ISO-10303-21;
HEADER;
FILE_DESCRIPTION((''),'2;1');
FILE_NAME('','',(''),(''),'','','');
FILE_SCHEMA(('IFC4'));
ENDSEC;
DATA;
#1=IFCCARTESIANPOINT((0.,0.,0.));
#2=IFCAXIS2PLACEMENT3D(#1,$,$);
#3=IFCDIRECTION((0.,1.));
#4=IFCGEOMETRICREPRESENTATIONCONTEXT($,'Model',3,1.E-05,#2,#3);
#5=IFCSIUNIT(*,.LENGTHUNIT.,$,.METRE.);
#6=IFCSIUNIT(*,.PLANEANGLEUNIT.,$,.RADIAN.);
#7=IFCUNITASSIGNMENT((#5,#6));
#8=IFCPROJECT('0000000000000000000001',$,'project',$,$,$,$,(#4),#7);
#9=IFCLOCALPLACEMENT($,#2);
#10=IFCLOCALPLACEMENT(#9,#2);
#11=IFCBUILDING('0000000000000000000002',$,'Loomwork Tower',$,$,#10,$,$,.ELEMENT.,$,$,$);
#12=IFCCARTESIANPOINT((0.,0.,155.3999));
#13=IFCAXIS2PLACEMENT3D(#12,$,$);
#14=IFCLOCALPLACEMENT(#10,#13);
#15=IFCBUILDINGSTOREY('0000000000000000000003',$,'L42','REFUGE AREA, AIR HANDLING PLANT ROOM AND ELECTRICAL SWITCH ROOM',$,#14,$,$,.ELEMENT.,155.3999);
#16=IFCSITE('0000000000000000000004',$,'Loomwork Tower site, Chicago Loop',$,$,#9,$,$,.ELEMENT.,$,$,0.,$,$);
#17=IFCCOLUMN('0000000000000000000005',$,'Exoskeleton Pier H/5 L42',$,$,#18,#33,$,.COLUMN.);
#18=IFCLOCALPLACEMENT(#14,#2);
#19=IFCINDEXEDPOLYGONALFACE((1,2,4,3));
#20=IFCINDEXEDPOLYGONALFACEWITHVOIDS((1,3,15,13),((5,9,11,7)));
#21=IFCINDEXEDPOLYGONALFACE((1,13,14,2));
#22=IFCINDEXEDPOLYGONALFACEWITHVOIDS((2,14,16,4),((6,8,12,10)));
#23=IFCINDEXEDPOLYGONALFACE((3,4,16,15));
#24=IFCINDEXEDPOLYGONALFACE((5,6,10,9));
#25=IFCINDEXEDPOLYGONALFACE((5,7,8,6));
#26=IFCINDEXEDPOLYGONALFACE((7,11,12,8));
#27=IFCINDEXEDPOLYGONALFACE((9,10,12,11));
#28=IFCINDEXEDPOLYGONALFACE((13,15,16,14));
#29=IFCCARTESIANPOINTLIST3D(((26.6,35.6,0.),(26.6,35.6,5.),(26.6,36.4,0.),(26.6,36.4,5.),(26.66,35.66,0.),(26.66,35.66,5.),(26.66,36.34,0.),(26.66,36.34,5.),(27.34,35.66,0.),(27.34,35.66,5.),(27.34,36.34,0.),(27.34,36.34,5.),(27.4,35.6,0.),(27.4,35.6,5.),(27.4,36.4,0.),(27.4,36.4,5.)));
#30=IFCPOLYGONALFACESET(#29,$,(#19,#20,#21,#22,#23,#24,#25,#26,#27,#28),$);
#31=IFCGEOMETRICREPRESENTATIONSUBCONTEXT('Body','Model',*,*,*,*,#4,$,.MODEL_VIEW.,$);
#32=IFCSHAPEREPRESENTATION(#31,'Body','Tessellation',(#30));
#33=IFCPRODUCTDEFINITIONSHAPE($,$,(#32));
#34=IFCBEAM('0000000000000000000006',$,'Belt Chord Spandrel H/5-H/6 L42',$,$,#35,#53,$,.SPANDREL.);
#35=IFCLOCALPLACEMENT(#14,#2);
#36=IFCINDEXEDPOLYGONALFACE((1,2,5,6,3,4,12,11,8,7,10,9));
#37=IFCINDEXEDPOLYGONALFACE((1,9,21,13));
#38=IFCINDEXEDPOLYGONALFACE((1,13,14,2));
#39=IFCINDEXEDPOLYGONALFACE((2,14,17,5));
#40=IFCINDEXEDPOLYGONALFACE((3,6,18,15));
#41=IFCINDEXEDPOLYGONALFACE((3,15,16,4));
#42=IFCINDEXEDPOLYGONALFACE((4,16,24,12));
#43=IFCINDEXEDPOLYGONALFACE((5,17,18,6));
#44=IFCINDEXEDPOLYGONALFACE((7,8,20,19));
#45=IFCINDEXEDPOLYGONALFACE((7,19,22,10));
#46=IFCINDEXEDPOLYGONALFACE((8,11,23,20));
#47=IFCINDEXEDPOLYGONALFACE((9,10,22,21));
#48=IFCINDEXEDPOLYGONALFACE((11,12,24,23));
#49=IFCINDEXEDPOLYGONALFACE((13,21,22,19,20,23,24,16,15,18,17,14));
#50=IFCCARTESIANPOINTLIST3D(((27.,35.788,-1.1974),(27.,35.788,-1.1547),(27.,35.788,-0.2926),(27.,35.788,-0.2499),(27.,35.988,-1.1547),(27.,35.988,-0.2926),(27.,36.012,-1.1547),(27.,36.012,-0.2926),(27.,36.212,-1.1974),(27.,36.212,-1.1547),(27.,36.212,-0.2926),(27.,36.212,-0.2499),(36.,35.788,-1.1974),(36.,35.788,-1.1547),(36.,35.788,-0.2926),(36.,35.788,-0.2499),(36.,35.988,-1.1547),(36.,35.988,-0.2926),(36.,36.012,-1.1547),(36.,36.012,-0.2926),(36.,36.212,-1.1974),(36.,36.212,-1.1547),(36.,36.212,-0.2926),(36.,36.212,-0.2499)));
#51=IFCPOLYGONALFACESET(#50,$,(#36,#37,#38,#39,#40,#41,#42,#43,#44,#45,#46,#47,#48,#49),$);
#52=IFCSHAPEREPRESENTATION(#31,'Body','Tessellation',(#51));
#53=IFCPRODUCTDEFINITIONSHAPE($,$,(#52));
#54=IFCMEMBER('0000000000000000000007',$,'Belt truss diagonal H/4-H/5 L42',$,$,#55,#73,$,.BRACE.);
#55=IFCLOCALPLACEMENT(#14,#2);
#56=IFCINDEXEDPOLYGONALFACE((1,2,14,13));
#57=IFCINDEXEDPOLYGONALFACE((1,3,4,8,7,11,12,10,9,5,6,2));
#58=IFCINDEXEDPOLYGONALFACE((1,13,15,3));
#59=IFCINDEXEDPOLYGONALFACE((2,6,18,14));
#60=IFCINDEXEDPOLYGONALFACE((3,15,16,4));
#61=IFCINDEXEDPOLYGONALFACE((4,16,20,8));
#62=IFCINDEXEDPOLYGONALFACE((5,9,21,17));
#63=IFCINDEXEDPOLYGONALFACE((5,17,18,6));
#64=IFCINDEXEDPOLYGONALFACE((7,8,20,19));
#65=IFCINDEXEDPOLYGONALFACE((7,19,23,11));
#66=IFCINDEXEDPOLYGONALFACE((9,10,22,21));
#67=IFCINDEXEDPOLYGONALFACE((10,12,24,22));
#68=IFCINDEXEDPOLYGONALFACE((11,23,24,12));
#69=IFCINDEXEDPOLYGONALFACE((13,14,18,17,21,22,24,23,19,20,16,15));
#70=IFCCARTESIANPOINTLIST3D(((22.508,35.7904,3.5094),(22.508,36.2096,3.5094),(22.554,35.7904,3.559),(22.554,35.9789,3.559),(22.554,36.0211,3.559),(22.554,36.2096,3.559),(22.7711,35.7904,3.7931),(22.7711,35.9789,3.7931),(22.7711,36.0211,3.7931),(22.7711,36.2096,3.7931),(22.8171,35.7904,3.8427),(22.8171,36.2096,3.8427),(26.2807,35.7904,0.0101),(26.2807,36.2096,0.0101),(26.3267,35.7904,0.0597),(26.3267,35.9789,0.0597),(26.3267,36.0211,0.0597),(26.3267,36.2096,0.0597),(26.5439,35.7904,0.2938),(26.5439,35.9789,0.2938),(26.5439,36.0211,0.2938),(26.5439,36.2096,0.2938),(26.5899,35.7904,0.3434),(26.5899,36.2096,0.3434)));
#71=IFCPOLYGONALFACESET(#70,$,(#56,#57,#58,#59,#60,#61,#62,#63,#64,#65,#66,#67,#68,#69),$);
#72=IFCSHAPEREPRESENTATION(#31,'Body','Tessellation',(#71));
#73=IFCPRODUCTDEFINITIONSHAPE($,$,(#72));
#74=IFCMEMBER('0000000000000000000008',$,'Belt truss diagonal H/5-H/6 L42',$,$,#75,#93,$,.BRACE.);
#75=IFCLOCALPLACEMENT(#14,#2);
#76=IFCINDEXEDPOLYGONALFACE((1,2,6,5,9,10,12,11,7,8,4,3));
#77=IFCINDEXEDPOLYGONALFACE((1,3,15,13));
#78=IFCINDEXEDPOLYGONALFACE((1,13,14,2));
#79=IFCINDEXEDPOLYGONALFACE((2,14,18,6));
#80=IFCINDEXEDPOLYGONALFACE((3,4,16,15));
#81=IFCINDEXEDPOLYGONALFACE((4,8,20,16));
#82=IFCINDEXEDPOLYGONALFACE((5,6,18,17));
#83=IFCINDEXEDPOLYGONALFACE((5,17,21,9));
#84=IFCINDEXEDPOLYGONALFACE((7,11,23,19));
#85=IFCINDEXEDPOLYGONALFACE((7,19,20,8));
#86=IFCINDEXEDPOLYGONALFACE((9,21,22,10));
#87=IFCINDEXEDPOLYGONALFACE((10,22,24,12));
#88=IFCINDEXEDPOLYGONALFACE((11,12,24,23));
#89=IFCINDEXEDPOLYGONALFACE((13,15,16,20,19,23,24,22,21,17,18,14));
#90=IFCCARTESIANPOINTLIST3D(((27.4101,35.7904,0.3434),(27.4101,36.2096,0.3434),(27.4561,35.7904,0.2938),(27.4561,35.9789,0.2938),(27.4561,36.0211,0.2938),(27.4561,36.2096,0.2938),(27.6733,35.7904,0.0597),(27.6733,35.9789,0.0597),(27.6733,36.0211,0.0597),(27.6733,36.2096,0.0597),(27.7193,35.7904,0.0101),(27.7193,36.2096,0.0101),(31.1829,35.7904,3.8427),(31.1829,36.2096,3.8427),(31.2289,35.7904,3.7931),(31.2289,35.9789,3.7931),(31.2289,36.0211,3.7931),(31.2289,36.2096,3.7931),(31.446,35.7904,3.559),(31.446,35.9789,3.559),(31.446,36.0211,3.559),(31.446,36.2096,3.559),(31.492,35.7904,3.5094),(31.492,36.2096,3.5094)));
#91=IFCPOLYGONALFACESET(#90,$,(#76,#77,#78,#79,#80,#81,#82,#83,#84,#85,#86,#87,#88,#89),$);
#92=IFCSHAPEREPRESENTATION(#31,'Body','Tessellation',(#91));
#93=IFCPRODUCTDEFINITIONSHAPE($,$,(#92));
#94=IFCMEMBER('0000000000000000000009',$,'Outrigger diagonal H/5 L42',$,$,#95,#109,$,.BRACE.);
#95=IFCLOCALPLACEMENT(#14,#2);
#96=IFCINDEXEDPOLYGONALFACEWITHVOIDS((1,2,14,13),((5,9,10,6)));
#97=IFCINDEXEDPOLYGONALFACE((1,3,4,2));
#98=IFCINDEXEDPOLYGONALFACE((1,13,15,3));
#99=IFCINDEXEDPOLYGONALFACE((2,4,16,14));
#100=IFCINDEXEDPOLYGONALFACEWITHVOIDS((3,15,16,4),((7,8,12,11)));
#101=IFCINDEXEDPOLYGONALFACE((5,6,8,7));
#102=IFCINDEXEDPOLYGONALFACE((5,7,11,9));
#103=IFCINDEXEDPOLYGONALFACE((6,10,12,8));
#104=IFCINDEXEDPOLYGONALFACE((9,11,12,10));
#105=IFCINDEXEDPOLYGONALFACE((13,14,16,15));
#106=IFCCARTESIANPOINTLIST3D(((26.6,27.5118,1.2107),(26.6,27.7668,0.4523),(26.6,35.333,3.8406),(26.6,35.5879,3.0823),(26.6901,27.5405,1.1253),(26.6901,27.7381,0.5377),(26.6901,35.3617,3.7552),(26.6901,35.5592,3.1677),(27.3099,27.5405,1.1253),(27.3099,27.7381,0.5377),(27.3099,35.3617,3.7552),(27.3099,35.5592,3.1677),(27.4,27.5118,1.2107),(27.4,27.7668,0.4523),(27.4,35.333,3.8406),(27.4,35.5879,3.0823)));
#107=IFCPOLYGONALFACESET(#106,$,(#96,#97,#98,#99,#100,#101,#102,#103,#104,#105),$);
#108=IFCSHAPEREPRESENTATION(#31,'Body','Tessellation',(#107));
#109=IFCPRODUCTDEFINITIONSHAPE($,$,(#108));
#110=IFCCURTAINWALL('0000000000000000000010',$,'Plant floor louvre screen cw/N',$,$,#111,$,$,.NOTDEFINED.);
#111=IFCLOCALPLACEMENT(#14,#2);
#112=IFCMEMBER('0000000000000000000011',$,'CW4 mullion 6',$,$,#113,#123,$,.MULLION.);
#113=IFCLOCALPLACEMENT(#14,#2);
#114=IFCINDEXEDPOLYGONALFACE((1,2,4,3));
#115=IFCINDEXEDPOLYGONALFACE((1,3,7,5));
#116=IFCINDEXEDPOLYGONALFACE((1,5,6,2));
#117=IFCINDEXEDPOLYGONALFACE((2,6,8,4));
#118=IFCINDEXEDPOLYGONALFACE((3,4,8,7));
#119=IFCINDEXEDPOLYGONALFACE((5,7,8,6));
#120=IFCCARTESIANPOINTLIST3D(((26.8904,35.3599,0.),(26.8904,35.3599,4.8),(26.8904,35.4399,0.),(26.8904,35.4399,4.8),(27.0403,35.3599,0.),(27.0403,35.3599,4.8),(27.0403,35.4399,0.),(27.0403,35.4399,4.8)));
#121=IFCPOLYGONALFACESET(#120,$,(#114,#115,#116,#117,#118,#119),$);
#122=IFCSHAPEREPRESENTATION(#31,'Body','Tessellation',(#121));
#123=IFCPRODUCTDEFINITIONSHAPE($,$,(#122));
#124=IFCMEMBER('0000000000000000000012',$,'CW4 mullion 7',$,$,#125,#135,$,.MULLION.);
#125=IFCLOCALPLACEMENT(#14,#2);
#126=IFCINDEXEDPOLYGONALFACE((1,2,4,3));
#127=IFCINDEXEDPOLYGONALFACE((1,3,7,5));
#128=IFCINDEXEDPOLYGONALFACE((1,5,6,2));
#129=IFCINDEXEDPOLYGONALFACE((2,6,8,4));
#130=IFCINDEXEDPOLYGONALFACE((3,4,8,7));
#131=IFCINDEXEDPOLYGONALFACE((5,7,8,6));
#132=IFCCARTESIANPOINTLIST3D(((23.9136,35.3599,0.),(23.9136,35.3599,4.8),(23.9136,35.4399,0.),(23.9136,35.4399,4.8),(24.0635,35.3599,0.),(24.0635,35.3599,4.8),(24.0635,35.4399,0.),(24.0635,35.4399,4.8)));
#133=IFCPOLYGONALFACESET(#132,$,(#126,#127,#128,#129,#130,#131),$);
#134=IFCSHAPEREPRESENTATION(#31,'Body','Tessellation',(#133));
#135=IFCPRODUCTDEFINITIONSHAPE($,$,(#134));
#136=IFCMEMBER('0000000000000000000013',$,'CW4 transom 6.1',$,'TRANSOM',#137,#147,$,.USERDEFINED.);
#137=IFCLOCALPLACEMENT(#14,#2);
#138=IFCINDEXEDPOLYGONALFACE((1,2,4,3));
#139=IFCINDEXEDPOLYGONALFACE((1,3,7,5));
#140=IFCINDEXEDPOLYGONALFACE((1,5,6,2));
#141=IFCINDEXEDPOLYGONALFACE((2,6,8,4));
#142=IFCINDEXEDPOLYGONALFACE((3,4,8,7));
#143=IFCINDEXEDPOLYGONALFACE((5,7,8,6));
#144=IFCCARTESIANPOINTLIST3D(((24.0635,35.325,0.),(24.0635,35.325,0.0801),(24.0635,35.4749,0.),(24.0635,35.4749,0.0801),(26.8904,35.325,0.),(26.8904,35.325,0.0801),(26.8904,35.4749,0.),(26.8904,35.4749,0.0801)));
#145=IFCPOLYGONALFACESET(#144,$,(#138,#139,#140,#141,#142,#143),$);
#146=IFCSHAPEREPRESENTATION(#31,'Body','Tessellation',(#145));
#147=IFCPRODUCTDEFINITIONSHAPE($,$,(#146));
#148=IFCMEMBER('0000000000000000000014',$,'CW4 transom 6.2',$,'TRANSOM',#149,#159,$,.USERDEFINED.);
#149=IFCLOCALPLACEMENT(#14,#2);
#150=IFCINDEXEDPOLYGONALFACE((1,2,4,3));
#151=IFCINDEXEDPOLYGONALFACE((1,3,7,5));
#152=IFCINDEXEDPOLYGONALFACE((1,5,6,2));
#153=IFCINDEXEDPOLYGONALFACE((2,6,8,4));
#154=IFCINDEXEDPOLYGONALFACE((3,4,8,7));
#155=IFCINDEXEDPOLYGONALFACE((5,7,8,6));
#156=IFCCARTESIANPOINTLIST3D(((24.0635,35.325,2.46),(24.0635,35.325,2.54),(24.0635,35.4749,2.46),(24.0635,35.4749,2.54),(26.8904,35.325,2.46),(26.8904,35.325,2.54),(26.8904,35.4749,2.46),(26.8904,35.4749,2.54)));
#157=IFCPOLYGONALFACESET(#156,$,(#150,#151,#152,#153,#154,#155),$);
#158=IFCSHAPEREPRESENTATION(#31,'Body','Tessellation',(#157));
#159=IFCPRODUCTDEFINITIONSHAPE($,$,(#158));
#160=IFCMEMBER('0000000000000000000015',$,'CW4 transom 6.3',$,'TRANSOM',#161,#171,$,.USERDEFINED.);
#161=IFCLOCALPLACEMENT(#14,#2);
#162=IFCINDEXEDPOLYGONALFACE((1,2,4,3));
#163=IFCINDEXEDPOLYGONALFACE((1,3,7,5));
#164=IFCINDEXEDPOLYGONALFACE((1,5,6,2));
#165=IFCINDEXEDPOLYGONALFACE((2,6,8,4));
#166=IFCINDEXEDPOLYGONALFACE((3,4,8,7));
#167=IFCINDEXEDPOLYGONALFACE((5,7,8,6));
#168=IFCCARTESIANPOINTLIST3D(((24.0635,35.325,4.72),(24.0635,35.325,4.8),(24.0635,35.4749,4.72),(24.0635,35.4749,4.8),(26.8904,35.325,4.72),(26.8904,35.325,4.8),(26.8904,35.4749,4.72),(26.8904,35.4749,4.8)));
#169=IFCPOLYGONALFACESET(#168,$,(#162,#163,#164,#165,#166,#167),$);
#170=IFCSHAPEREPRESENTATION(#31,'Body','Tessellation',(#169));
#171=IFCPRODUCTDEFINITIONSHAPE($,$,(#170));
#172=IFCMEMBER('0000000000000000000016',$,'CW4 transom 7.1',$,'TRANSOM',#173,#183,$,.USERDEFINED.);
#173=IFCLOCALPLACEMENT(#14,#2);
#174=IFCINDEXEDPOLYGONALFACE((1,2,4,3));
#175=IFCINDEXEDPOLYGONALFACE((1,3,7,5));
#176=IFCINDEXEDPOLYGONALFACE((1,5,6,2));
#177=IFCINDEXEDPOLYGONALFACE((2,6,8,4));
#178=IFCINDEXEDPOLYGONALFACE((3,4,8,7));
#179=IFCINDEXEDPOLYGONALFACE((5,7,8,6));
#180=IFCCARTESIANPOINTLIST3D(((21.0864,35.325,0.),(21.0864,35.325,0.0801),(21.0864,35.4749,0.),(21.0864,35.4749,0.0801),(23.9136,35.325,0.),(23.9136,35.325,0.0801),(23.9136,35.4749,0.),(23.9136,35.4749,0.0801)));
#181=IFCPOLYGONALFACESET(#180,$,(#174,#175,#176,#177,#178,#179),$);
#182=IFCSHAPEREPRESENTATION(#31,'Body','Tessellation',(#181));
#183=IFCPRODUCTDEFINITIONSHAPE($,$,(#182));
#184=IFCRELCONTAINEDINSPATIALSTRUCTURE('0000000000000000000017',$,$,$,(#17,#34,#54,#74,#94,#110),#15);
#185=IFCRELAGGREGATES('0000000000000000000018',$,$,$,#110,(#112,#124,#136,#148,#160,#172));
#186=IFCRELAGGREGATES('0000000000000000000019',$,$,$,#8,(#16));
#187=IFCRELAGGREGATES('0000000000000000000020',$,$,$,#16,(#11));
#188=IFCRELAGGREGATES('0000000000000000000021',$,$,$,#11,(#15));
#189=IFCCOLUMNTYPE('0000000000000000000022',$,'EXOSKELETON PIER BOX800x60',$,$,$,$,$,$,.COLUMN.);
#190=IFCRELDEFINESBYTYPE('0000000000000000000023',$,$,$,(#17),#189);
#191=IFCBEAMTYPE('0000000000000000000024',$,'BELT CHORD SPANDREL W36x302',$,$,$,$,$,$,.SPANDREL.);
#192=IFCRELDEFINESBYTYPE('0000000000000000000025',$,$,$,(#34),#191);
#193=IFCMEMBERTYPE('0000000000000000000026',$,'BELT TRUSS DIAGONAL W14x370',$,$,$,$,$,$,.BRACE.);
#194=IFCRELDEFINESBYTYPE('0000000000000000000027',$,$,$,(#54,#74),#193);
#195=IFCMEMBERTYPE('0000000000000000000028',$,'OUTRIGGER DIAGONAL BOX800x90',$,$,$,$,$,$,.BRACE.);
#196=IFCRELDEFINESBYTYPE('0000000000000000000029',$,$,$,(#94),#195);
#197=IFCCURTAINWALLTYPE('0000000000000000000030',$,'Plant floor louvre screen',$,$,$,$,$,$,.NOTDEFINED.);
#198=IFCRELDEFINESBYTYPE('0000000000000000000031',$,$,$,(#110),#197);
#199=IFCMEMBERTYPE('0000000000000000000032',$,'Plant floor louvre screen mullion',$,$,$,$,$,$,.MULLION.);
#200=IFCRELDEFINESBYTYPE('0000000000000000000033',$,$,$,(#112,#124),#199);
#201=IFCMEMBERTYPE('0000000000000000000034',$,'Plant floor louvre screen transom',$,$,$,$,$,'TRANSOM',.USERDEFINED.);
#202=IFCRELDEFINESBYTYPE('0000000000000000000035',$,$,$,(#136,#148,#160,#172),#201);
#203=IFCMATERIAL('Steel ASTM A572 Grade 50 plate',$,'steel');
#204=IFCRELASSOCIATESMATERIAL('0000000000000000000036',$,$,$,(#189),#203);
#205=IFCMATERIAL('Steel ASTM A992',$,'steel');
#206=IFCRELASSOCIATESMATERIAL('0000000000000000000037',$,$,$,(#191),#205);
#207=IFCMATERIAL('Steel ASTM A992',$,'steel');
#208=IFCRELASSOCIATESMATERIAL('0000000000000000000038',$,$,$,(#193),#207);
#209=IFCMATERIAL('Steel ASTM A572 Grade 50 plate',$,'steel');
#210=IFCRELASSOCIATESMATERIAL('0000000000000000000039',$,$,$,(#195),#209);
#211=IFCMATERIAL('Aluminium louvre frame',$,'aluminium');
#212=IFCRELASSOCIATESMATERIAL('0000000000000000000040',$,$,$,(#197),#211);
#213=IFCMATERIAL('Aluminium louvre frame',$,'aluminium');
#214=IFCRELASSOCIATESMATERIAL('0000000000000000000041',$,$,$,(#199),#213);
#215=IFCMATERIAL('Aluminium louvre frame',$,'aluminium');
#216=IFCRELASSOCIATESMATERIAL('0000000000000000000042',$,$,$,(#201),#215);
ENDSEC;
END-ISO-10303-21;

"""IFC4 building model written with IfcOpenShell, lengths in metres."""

from ifc_helpers import new_model, si_unit, direction, frame, origin, origin_2d, place, context, subcontext, project, spatial, rectangle, hollow_rectangle, i_section, extrude, material, material_profile, profile_set, type_object, element, aggregate, save


model = new_model("IFC4")

# Units and contexts
model_context = context("Model", 3, precision=1e-05, world=origin(), true_north=direction((0.0, 1.0)))
body_context = subcontext(model_context, "Body", "Model", "MODEL_VIEW")
ifc_project = project(units=[si_unit("LENGTHUNIT", "METRE"), si_unit("PLANEANGLEUNIT", "RADIAN")], contexts=[model_context])

# Site, building, storey
site_placement = place(None, origin())
site = spatial("IfcSite", under=ifc_project, at=site_placement, Name="Loomwork Tower site, Chicago Loop", CompositionType="ELEMENT", RefElevation=0.0)
building_placement = place(site_placement, origin())
building = spatial("IfcBuilding", under=site, at=building_placement, Name="Loomwork Tower", CompositionType="ELEMENT")
storey_placement = place(building_placement, frame((0.0, 0.0, 155.3999)))
storey = spatial("IfcBuildingStorey", under=building, at=storey_placement, Name="L42", Description="REFUGE AREA, AIR HANDLING PLANT ROOM AND ELECTRICAL SWITCH ROOM", CompositionType="ELEMENT", Elevation=155.3999)

# Column
ifc_material_1 = material(Name="Steel ASTM A572 Grade 50 plate", Category="steel")
ifc_material_profile_1 = material_profile(ifc_material_1, hollow_rectangle(XDim=0.8, YDim=0.8, WallThickness=0.0601, at=origin_2d()), Name="BOX800x60")
ifc_profile_set_1 = profile_set([ifc_material_profile_1], Name="Steel ASTM A572 Grade 50 plate")
column_type = type_object("IfcColumnType", Name="EXOSKELETON PIER BOX800x60", PredefinedType="COLUMN", material=ifc_profile_set_1)
column_placement = place(storey_placement, frame((27.0, 36.0, 0.0), z_axis=(0.0, 0.0, 1.0), x_axis=(1.0, 0.0, 0.0)))
element("IfcColumn", 1, at=column_placement, inside=storey, type_object=column_type, Name="Exoskeleton Pier H/5 L42", PredefinedType="COLUMN", context=body_context, shape_type="SweptSolid", body=[
    extrude(hollow_rectangle(XDim=0.8, YDim=0.8, WallThickness=0.0601, at=origin_2d()), origin(), (0.0, 0.0, 1.0), 5.0),
])

# Beam
ifc_material_2 = material(Name="Steel ASTM A992", Category="steel")
ifc_material_profile_2 = material_profile(ifc_material_2, i_section(OverallWidth=0.4241, OverallDepth=0.9475, WebThickness=0.0239, FlangeThickness=0.0427, at=origin_2d()), Name="W36x302")
ifc_profile_set_2 = profile_set([ifc_material_profile_2], Name="Steel ASTM A992")
beam_type = type_object("IfcBeamType", Name="BELT CHORD SPANDREL W36x302", PredefinedType="SPANDREL", material=ifc_profile_set_2)
beam_placement = place(storey_placement, frame((27.0, 36.0, -0.7236), z_axis=(1.0, 0.0, 0.0), x_axis=(0.0, 1.0, 0.0)))
element("IfcBeam", 2, at=beam_placement, inside=storey, type_object=beam_type, Name="Belt Chord Spandrel H/5-H/6 L42", PredefinedType="SPANDREL", context=body_context, shape_type="SweptSolid", body=[
    extrude(i_section(OverallWidth=0.4241, OverallDepth=0.9475, WebThickness=0.0239, FlangeThickness=0.0427, at=origin_2d()), origin(), (0.0, 0.0, 1.0), 9.0),
])

# Members
ifc_material_3 = material(Name="Steel ASTM A992", Category="steel")
ifc_material_profile_3 = material_profile(ifc_material_3, i_section(OverallWidth=0.4192, OverallDepth=0.4546, WebThickness=0.0422, FlangeThickness=0.0676, at=origin_2d()), Name="W14x370")
ifc_profile_set_3 = profile_set([ifc_material_profile_3], Name="Steel ASTM A992")
member_type_1 = type_object("IfcMemberType", Name="BELT TRUSS DIAGONAL W14x370", PredefinedType="BRACE", material=ifc_profile_set_3)
for number, where, z_axis, x_axis, name in (
    (3, (26.4353, 36.0, 0.1768), (-0.733177, 0.0, 0.680038), (0.0, -1.0, 0.0), "Belt truss diagonal H/4-H/5 L42"),
    (4, (27.5647, 36.0, 0.1768), (0.733177, 0.0, 0.680038), (0.0, 1.0, 0.0), "Belt truss diagonal H/5-H/6 L42"),
):
    element("IfcMember", number, at=place(storey_placement, frame(where, z_axis=z_axis, x_axis=x_axis)), inside=storey, type_object=member_type_1, Name=name, PredefinedType="BRACE", context=body_context, shape_type="SweptSolid", body=[
        extrude(i_section(OverallWidth=0.4192, OverallDepth=0.4546, WebThickness=0.0422, FlangeThickness=0.0676, at=origin_2d()), origin(), (0.0, 0.0, 1.0), 5.1458),
    ])
ifc_material_4 = material(Name="Steel ASTM A572 Grade 50 plate", Category="steel")
ifc_material_profile_4 = material_profile(ifc_material_4, hollow_rectangle(XDim=0.8, YDim=0.8, WallThickness=0.0901, at=origin_2d()), Name="BOX800x90")
ifc_profile_set_4 = profile_set([ifc_material_profile_4], Name="Steel ASTM A572 Grade 50 plate")
member_type_2 = type_object("IfcMemberType", Name="OUTRIGGER DIAGONAL BOX800x90", PredefinedType="BRACE", material=ifc_profile_set_4)
member_1_placement = place(storey_placement, frame((27.0, 35.4604, 3.4614), z_axis=(0.0, -0.947849, -0.318721), x_axis=(1.0, 0.0, 0.0)))
element("IfcMember", 5, at=member_1_placement, inside=storey, type_object=member_type_2, Name="Outrigger diagonal H/5 L42", PredefinedType="BRACE", context=body_context, shape_type="SweptSolid", body=[
    extrude(hollow_rectangle(XDim=0.8, YDim=0.8, WallThickness=0.0901, at=origin_2d()), origin(), (0.0, 0.0, 1.0), 8.2515),
])

# Curtain wall, members
ifc_material_5 = material(Name="Aluminium louvre frame", Category="aluminium")
curtain_wall_type = type_object("IfcCurtainWallType", Name="Plant floor louvre screen", PredefinedType="NOTDEFINED", material=ifc_material_5)
curtain_wall_placement = place(storey_placement, origin())
curtain_wall = element("IfcCurtainWall", 6, at=curtain_wall_placement, inside=storey, type_object=curtain_wall_type, Name="Plant floor louvre screen cw/N", PredefinedType="NOTDEFINED")
ifc_material_6 = material(Name="Aluminium louvre frame", Category="aluminium")
ifc_material_profile_5 = material_profile(ifc_material_6, rectangle(XDim=0.0801, YDim=0.1499, at=origin_2d()), Name="AL 80x150")
ifc_profile_set_5 = profile_set([ifc_material_profile_5], Name="Aluminium louvre frame")
member_type_3 = type_object("IfcMemberType", Name="Plant floor louvre screen mullion", PredefinedType="MULLION", material=ifc_profile_set_5)
member_2_placement = place(storey_placement, frame((26.9653, 35.3999, 0.0), z_axis=(0.0, 0.0, 1.0), x_axis=(0.0, -1.0, 0.0)))
member_2 = element("IfcMember", 7, at=member_2_placement, type_object=member_type_3, Name="CW4 mullion 6", PredefinedType="MULLION", context=body_context, shape_type="SweptSolid", body=[
    extrude(rectangle(XDim=0.0801, YDim=0.1499, at=origin_2d()), origin(), (0.0, 0.0, 1.0), 4.8),
])
member_3_placement = place(storey_placement, frame((23.9885, 35.3999, 0.0), z_axis=(0.0, 0.0, 1.0), x_axis=(0.0, -1.0, 0.0)))
member_3 = element("IfcMember", 8, at=member_3_placement, type_object=member_type_3, Name="CW4 mullion 7", PredefinedType="MULLION", context=body_context, shape_type="SweptSolid", body=[
    extrude(rectangle(XDim=0.0801, YDim=0.1499, at=origin_2d()), origin(), (0.0, 0.0, 1.0), 4.8),
])
ifc_material_7 = material(Name="Aluminium louvre frame", Category="aluminium")
ifc_material_profile_6 = material_profile(ifc_material_7, rectangle(XDim=0.1499, YDim=0.0801, at=origin_2d()), Name="AL 80x150")
ifc_profile_set_6 = profile_set([ifc_material_profile_6], Name="Aluminium louvre frame")
member_type_4 = type_object("IfcMemberType", Name="Plant floor louvre screen transom", ElementType="TRANSOM", PredefinedType="USERDEFINED", material=ifc_profile_set_6)
member_4_placement = place(storey_placement, frame((26.8904, 35.3999, 0.04), z_axis=(-1.0, 0.0, 0.0), x_axis=(0.0, -1.0, 0.0)))
member_4 = element("IfcMember", 9, at=member_4_placement, type_object=member_type_4, Name="CW4 transom 6.1", ObjectType="TRANSOM", PredefinedType="USERDEFINED", context=body_context, shape_type="SweptSolid", body=[
    extrude(rectangle(XDim=0.1499, YDim=0.0801, at=origin_2d()), origin(), (0.0, 0.0, 1.0), 2.8269),
])
member_5_placement = place(storey_placement, frame((26.8904, 35.3999, 2.5), z_axis=(-1.0, 0.0, 0.0), x_axis=(0.0, -1.0, 0.0)))
member_5 = element("IfcMember", 10, at=member_5_placement, type_object=member_type_4, Name="CW4 transom 6.2", ObjectType="TRANSOM", PredefinedType="USERDEFINED", context=body_context, shape_type="SweptSolid", body=[
    extrude(rectangle(XDim=0.1499, YDim=0.0801, at=origin_2d()), origin(), (0.0, 0.0, 1.0), 2.8269),
])
member_6_placement = place(storey_placement, frame((26.8904, 35.3999, 4.76), z_axis=(-1.0, 0.0, 0.0), x_axis=(0.0, -1.0, 0.0)))
member_6 = element("IfcMember", 11, at=member_6_placement, type_object=member_type_4, Name="CW4 transom 6.3", ObjectType="TRANSOM", PredefinedType="USERDEFINED", context=body_context, shape_type="SweptSolid", body=[
    extrude(rectangle(XDim=0.1499, YDim=0.0801, at=origin_2d()), origin(), (0.0, 0.0, 1.0), 2.8269),
])
member_7_placement = place(storey_placement, frame((23.9136, 35.3999, 0.04), z_axis=(-1.0, 0.0, 0.0), x_axis=(0.0, -1.0, 0.0)))
member_7 = element("IfcMember", 12, at=member_7_placement, type_object=member_type_4, Name="CW4 transom 7.1", ObjectType="TRANSOM", PredefinedType="USERDEFINED", context=body_context, shape_type="SweptSolid", body=[
    extrude(rectangle(XDim=0.1499, YDim=0.0801, at=origin_2d()), origin(), (0.0, 0.0, 1.0), 2.8271),
])

aggregate(curtain_wall, [member_2, member_3, member_4, member_5, member_6, member_7])

save(model, "model.ifc")
